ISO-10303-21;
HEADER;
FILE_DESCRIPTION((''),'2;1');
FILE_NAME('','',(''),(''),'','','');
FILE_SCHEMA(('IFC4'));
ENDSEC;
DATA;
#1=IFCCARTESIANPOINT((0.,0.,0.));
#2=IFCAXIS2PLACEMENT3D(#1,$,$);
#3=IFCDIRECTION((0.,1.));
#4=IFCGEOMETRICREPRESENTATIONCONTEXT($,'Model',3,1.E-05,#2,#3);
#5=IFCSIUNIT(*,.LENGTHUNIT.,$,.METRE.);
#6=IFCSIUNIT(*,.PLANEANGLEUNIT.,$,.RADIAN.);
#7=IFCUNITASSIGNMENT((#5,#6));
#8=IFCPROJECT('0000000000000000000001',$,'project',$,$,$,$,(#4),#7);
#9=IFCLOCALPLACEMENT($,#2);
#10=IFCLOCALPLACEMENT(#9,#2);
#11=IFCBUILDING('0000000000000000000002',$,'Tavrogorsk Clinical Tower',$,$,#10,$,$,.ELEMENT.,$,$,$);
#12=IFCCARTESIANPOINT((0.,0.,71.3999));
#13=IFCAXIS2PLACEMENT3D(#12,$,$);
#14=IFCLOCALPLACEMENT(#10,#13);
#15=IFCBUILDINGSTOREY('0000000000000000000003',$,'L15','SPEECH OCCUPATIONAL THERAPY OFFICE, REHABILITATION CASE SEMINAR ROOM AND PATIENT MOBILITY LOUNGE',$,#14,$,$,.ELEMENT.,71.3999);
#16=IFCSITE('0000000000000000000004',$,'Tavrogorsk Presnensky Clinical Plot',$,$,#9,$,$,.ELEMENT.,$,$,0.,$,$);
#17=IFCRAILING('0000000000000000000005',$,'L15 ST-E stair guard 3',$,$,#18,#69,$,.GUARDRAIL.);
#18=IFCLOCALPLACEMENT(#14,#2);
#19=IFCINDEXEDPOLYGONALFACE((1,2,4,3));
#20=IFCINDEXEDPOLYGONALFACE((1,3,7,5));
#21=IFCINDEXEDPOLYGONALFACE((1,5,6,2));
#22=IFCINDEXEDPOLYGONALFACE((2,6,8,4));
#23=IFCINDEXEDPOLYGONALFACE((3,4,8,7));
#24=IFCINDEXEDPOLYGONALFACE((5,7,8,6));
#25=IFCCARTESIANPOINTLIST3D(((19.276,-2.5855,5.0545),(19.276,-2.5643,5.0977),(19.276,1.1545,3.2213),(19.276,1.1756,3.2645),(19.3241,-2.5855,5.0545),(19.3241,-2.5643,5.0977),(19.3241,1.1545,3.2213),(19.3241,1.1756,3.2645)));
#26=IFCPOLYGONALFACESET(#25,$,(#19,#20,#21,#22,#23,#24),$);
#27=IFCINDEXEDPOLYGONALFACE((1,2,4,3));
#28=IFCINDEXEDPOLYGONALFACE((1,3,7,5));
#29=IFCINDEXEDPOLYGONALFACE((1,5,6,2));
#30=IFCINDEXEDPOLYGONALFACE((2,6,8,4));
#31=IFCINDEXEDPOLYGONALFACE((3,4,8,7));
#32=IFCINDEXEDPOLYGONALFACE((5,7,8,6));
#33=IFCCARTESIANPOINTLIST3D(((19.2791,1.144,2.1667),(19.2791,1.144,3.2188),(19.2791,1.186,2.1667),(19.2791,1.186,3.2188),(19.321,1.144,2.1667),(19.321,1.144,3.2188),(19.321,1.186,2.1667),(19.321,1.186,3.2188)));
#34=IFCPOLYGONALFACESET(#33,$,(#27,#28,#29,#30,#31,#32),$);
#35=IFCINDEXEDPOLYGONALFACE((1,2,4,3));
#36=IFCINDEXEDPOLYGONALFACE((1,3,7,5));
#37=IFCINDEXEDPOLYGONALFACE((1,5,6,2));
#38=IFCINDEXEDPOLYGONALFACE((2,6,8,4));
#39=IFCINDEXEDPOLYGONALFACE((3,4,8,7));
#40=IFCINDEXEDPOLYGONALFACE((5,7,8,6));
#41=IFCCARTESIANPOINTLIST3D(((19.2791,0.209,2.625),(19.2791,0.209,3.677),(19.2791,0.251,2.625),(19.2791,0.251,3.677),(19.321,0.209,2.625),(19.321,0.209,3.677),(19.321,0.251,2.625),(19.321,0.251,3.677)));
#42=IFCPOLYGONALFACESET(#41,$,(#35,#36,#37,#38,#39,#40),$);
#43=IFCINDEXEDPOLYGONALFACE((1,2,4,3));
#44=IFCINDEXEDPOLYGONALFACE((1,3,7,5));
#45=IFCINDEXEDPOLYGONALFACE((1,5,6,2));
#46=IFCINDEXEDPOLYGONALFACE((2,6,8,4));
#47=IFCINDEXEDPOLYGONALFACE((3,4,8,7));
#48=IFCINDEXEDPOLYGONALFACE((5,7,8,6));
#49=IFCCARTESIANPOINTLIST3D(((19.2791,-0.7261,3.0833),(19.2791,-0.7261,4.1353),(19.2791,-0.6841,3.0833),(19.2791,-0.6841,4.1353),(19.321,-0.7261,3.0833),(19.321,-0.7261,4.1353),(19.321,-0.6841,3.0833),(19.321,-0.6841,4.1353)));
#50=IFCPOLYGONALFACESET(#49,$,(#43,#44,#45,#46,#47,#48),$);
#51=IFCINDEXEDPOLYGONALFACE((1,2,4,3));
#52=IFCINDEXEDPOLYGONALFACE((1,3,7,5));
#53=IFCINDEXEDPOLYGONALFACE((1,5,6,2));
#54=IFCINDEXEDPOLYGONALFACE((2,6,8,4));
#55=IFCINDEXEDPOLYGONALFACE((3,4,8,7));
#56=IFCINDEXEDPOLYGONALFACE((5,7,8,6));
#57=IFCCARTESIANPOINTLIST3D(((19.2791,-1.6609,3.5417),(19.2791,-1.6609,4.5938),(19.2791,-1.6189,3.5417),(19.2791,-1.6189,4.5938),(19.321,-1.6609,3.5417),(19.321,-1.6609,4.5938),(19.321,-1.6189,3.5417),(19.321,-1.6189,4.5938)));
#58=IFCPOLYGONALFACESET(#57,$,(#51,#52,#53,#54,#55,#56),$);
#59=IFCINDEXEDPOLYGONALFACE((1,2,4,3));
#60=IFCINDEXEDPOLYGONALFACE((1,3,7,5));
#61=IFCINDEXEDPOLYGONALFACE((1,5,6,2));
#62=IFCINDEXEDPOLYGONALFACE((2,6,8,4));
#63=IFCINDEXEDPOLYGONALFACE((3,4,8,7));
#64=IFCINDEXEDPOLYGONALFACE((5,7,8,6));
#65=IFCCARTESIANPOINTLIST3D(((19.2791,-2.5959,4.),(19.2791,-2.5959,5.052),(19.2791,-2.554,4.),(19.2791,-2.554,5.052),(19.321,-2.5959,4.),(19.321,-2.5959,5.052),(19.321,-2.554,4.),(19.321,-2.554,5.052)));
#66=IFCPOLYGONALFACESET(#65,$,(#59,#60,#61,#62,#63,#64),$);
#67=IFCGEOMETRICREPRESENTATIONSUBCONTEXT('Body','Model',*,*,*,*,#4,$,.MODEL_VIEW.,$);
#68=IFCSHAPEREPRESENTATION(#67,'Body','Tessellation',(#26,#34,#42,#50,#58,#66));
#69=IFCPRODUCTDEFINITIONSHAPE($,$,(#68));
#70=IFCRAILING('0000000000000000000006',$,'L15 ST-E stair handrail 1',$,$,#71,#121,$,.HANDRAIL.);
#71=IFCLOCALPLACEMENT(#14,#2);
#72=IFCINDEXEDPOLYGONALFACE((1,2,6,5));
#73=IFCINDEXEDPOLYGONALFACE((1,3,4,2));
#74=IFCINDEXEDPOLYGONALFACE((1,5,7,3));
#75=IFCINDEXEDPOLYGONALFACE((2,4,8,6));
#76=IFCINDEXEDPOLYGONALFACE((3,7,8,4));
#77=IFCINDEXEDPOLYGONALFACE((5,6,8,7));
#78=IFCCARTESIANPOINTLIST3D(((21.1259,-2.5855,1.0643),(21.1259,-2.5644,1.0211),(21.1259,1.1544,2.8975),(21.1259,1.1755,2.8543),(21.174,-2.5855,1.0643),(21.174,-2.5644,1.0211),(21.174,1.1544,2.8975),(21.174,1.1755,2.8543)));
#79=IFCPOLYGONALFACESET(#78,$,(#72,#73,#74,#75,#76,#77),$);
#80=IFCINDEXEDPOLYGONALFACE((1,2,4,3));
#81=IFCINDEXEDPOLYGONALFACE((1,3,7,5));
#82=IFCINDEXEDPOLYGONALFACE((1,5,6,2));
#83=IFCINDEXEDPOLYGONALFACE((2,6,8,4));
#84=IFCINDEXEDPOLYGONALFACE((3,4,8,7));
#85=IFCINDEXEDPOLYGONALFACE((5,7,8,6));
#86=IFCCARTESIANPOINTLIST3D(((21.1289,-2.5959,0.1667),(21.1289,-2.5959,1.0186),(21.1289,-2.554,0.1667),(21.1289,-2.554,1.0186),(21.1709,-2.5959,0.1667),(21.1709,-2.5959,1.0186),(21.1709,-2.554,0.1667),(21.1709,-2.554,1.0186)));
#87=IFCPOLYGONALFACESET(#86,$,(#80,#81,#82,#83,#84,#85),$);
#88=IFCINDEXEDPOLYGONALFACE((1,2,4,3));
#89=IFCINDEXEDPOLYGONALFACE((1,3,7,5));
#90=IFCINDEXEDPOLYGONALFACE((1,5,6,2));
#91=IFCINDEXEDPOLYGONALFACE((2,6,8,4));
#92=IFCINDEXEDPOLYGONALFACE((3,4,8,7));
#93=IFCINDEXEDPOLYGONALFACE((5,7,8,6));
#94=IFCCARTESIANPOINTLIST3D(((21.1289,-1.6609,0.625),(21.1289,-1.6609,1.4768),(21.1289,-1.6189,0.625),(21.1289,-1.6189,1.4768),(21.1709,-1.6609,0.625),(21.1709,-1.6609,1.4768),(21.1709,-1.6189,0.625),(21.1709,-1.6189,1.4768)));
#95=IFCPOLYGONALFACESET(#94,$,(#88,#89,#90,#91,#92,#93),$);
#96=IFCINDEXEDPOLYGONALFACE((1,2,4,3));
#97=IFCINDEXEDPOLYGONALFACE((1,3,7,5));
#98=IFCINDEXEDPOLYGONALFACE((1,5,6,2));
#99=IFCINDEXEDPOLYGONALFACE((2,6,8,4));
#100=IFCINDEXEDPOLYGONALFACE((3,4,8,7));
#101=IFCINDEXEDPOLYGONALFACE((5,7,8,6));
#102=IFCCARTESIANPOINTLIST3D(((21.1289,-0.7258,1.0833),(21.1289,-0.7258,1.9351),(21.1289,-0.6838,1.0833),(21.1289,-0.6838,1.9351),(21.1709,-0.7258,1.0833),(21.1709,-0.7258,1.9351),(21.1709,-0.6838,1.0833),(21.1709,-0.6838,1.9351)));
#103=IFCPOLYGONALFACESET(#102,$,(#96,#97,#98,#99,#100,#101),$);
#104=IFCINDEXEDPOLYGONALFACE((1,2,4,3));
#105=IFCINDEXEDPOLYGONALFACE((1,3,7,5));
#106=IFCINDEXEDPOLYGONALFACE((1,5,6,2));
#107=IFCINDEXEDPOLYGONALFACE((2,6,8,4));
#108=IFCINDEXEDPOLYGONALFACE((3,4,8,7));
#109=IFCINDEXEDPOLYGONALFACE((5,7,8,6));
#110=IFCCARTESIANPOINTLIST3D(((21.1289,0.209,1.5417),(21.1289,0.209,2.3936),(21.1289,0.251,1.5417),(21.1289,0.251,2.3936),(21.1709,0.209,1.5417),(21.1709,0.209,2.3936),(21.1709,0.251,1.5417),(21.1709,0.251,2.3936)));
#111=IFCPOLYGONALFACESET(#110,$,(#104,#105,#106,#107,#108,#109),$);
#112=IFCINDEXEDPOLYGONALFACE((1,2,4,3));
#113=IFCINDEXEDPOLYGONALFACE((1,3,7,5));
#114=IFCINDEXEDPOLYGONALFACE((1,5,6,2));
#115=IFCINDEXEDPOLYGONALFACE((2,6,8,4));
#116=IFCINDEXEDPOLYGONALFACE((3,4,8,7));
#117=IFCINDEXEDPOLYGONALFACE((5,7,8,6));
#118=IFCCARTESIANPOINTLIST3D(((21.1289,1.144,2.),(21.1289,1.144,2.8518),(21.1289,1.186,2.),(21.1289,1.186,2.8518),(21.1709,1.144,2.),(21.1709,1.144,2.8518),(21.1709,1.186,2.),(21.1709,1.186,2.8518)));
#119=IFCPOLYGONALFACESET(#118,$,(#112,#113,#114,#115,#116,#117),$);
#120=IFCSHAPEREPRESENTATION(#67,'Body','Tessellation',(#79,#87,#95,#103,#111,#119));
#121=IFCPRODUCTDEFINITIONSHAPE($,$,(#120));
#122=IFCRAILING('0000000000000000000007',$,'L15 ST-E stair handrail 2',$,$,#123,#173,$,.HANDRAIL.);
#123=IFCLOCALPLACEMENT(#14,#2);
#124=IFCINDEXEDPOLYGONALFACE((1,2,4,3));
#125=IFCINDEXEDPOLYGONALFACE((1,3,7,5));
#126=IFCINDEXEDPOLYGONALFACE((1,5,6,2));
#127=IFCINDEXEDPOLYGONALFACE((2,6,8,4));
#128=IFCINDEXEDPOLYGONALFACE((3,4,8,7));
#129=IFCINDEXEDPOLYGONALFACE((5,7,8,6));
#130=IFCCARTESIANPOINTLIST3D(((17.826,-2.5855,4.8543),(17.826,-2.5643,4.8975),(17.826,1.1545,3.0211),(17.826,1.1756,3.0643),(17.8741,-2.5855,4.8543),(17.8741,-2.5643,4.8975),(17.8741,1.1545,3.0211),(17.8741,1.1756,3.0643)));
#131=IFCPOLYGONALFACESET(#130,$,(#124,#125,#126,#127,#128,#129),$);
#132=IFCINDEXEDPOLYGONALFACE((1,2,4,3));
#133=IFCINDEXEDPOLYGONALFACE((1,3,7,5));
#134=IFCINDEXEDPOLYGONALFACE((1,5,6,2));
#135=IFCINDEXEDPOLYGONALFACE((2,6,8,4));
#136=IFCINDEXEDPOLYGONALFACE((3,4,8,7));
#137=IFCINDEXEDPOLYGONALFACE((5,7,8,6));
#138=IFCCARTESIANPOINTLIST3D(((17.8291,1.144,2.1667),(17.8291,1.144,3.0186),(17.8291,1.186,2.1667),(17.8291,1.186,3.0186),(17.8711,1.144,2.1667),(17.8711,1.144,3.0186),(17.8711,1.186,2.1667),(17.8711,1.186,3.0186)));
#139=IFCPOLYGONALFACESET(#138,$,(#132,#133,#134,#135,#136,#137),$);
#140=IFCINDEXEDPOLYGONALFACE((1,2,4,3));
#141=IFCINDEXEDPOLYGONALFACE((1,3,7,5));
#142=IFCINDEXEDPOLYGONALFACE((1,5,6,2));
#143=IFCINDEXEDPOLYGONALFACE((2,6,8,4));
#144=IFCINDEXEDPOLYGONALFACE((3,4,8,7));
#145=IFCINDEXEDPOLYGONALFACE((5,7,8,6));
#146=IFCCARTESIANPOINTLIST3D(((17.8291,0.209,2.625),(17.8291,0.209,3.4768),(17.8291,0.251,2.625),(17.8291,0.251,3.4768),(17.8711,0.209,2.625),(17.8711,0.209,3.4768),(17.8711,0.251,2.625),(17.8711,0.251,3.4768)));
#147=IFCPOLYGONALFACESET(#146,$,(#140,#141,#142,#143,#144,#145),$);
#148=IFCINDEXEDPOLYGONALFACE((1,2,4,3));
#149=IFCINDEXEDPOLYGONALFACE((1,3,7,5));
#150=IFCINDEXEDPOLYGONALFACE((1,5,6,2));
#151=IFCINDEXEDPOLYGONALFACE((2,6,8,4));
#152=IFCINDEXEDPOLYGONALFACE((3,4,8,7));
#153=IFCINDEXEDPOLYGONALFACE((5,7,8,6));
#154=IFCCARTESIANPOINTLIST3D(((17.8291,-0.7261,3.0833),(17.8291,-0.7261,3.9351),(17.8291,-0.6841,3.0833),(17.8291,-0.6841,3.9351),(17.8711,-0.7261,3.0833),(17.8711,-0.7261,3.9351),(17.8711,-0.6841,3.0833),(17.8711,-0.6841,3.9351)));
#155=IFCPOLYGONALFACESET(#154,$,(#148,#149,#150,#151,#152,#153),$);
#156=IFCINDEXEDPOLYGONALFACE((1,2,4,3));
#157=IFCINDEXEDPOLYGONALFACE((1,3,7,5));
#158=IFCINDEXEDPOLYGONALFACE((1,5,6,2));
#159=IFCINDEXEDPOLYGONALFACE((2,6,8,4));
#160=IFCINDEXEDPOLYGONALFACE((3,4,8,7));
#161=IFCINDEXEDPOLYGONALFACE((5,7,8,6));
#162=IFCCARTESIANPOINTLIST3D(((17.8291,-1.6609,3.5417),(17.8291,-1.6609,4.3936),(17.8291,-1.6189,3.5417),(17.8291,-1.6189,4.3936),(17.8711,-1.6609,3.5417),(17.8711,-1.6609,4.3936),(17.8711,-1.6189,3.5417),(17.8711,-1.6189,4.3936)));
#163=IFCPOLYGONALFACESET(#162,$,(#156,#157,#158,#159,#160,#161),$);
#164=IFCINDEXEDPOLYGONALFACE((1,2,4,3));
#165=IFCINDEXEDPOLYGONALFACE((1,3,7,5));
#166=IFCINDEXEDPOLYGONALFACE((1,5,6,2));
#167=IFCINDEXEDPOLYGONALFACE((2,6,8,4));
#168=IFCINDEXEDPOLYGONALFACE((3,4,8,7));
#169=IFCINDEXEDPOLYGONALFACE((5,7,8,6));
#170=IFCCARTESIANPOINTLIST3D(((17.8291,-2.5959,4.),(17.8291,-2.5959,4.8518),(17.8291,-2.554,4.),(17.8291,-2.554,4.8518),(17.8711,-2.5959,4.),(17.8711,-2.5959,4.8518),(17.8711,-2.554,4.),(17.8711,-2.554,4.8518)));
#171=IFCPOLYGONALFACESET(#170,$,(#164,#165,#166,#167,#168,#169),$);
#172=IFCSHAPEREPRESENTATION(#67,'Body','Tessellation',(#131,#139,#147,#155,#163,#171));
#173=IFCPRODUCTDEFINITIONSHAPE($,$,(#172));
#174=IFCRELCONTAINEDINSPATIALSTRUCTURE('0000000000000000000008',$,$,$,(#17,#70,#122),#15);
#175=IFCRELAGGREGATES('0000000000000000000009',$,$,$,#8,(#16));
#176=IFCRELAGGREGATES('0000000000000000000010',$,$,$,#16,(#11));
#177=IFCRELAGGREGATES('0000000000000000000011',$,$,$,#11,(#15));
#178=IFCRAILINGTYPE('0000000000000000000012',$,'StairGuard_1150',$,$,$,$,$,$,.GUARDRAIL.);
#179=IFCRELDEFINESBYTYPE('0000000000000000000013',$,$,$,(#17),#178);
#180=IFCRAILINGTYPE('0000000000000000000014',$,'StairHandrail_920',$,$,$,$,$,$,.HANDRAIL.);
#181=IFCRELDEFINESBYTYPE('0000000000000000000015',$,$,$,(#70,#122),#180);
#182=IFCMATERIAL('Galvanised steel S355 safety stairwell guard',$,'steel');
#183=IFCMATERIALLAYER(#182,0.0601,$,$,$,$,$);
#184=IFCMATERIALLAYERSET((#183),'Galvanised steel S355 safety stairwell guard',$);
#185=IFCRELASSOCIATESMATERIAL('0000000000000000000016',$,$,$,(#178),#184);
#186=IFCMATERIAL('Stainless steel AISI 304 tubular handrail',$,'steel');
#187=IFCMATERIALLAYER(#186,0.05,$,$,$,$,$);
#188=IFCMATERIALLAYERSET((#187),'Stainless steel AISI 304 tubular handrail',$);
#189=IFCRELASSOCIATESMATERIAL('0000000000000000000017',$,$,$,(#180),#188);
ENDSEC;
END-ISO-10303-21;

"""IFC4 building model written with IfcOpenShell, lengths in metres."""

from ifc_helpers import new_model, si_unit, direction, frame, origin, origin_2d, place, context, subcontext, project, spatial, rectangle, extrude, material, layer, layer_set, type_object, element, save


model = new_model("IFC4")

# Units and contexts
model_context = context("Model", 3, precision=1e-05, world=origin(), true_north=direction((0.0, 1.0)))
body_context = subcontext(model_context, "Body", "Model", "MODEL_VIEW")
ifc_project = project(units=[si_unit("LENGTHUNIT", "METRE"), si_unit("PLANEANGLEUNIT", "RADIAN")], contexts=[model_context])

# Site, building, storey
site_placement = place(None, origin())
site = spatial("IfcSite", under=ifc_project, at=site_placement, Name="Tavrogorsk Presnensky Clinical Plot", CompositionType="ELEMENT", RefElevation=0.0)
building_placement = place(site_placement, origin())
building = spatial("IfcBuilding", under=site, at=building_placement, Name="Tavrogorsk Clinical Tower", CompositionType="ELEMENT")
storey_placement = place(building_placement, frame((0.0, 0.0, 71.3999)))
storey = spatial("IfcBuildingStorey", under=building, at=storey_placement, Name="L15", Description="SPEECH OCCUPATIONAL THERAPY OFFICE, REHABILITATION CASE SEMINAR ROOM AND PATIENT MOBILITY LOUNGE", CompositionType="ELEMENT", Elevation=71.3999)

# Railings
ifc_material_1 = material(Name="Galvanised steel S355 safety stairwell guard", Category="steel")
ifc_layer_1 = layer(ifc_material_1, 0.0601)
ifc_layer_set_1 = layer_set([ifc_layer_1], Name="Galvanised steel S355 safety stairwell guard")
railing_type_1 = type_object("IfcRailingType", Name="StairGuard_1150", PredefinedType="GUARDRAIL", material=ifc_layer_set_1)
railing_1_placement = place(storey_placement, frame((19.3, 1.165, 2.1667)))
element("IfcRailing", 1, at=railing_1_placement, inside=storey, type_object=railing_type_1, Name="L15 ST-E stair guard 3", PredefinedType="GUARDRAIL", context=body_context, shape_type="SweptSolid", body=[
    extrude(rectangle(XDim=0.0481, YDim=0.0481, at=origin_2d()), frame((0.0, 0.0, 1.0762), z_axis=(0.0, -0.897928, 0.440142), x_axis=(1.0, 0.0, 0.0)), (0.0, 0.0, 1.0), 4.165),
    extrude(rectangle(XDim=0.042, YDim=0.042, at=origin_2d()), origin(), (0.0, 0.0, 1.0), 1.052),
    extrude(rectangle(XDim=0.042, YDim=0.042, at=origin_2d()), frame((0.0, -0.9351, 0.4583)), (0.0, 0.0, 1.0), 1.052),
    extrude(rectangle(XDim=0.042, YDim=0.042, at=origin_2d()), frame((0.0, -1.8701, 0.9165)), (0.0, 0.0, 1.0), 1.052),
    extrude(rectangle(XDim=0.042, YDim=0.042, at=origin_2d()), frame((0.0, -2.8049, 1.375)), (0.0, 0.0, 1.0), 1.052),
    extrude(rectangle(XDim=0.042, YDim=0.042, at=origin_2d()), frame((0.0, -3.74, 1.8333)), (0.0, 0.0, 1.0), 1.052),
])
ifc_material_2 = material(Name="Stainless steel AISI 304 tubular handrail", Category="steel")
ifc_layer_2 = layer(ifc_material_2, 0.05)
ifc_layer_set_2 = layer_set([ifc_layer_2], Name="Stainless steel AISI 304 tubular handrail")
railing_type_2 = type_object("IfcRailingType", Name="StairHandrail_920", PredefinedType="HANDRAIL", material=ifc_layer_set_2)
railing_2_placement = place(storey_placement, frame((21.1499, -2.575, 0.1667)))
element("IfcRailing", 2, at=railing_2_placement, inside=storey, type_object=railing_type_2, Name="L15 ST-E stair handrail 1", PredefinedType="HANDRAIL", context=body_context, shape_type="SweptSolid", body=[
    extrude(rectangle(XDim=0.0481, YDim=0.0481, at=origin_2d()), frame((0.0, 0.0, 0.876), z_axis=(0.0, 0.897928, 0.440142), x_axis=(-1.0, 0.0, 0.0)), (0.0, 0.0, 1.0), 4.165),
    extrude(rectangle(XDim=0.042, YDim=0.042, at=origin_2d()), origin(), (0.0, 0.0, 1.0), 0.8518),
    extrude(rectangle(XDim=0.042, YDim=0.042, at=origin_2d()), frame((0.0, 0.9351, 0.4583)), (0.0, 0.0, 1.0), 0.8518),
    extrude(rectangle(XDim=0.042, YDim=0.042, at=origin_2d()), frame((0.0, 1.8701, 0.9165)), (0.0, 0.0, 1.0), 0.8518),
    extrude(rectangle(XDim=0.042, YDim=0.042, at=origin_2d()), frame((0.0, 2.8049, 1.375)), (0.0, 0.0, 1.0), 0.8518),
    extrude(rectangle(XDim=0.042, YDim=0.042, at=origin_2d()), frame((0.0, 3.74, 1.8333)), (0.0, 0.0, 1.0), 0.8518),
])
railing_3_placement = place(storey_placement, frame((17.8501, 1.165, 2.1667)))
element("IfcRailing", 3, at=railing_3_placement, inside=storey, type_object=railing_type_2, Name="L15 ST-E stair handrail 2", PredefinedType="HANDRAIL", context=body_context, shape_type="SweptSolid", body=[
    extrude(rectangle(XDim=0.0481, YDim=0.0481, at=origin_2d()), frame((0.0, 0.0, 0.876), z_axis=(0.0, -0.897928, 0.440142), x_axis=(1.0, 0.0, 0.0)), (0.0, 0.0, 1.0), 4.165),
    extrude(rectangle(XDim=0.042, YDim=0.042, at=origin_2d()), origin(), (0.0, 0.0, 1.0), 0.8518),
    extrude(rectangle(XDim=0.042, YDim=0.042, at=origin_2d()), frame((0.0, -0.9351, 0.4583)), (0.0, 0.0, 1.0), 0.8518),
    extrude(rectangle(XDim=0.042, YDim=0.042, at=origin_2d()), frame((0.0, -1.8701, 0.9165)), (0.0, 0.0, 1.0), 0.8518),
    extrude(rectangle(XDim=0.042, YDim=0.042, at=origin_2d()), frame((0.0, -2.8049, 1.375)), (0.0, 0.0, 1.0), 0.8518),
    extrude(rectangle(XDim=0.042, YDim=0.042, at=origin_2d()), frame((0.0, -3.74, 1.8333)), (0.0, 0.0, 1.0), 0.8518),
])

save(model, "model.ifc")
